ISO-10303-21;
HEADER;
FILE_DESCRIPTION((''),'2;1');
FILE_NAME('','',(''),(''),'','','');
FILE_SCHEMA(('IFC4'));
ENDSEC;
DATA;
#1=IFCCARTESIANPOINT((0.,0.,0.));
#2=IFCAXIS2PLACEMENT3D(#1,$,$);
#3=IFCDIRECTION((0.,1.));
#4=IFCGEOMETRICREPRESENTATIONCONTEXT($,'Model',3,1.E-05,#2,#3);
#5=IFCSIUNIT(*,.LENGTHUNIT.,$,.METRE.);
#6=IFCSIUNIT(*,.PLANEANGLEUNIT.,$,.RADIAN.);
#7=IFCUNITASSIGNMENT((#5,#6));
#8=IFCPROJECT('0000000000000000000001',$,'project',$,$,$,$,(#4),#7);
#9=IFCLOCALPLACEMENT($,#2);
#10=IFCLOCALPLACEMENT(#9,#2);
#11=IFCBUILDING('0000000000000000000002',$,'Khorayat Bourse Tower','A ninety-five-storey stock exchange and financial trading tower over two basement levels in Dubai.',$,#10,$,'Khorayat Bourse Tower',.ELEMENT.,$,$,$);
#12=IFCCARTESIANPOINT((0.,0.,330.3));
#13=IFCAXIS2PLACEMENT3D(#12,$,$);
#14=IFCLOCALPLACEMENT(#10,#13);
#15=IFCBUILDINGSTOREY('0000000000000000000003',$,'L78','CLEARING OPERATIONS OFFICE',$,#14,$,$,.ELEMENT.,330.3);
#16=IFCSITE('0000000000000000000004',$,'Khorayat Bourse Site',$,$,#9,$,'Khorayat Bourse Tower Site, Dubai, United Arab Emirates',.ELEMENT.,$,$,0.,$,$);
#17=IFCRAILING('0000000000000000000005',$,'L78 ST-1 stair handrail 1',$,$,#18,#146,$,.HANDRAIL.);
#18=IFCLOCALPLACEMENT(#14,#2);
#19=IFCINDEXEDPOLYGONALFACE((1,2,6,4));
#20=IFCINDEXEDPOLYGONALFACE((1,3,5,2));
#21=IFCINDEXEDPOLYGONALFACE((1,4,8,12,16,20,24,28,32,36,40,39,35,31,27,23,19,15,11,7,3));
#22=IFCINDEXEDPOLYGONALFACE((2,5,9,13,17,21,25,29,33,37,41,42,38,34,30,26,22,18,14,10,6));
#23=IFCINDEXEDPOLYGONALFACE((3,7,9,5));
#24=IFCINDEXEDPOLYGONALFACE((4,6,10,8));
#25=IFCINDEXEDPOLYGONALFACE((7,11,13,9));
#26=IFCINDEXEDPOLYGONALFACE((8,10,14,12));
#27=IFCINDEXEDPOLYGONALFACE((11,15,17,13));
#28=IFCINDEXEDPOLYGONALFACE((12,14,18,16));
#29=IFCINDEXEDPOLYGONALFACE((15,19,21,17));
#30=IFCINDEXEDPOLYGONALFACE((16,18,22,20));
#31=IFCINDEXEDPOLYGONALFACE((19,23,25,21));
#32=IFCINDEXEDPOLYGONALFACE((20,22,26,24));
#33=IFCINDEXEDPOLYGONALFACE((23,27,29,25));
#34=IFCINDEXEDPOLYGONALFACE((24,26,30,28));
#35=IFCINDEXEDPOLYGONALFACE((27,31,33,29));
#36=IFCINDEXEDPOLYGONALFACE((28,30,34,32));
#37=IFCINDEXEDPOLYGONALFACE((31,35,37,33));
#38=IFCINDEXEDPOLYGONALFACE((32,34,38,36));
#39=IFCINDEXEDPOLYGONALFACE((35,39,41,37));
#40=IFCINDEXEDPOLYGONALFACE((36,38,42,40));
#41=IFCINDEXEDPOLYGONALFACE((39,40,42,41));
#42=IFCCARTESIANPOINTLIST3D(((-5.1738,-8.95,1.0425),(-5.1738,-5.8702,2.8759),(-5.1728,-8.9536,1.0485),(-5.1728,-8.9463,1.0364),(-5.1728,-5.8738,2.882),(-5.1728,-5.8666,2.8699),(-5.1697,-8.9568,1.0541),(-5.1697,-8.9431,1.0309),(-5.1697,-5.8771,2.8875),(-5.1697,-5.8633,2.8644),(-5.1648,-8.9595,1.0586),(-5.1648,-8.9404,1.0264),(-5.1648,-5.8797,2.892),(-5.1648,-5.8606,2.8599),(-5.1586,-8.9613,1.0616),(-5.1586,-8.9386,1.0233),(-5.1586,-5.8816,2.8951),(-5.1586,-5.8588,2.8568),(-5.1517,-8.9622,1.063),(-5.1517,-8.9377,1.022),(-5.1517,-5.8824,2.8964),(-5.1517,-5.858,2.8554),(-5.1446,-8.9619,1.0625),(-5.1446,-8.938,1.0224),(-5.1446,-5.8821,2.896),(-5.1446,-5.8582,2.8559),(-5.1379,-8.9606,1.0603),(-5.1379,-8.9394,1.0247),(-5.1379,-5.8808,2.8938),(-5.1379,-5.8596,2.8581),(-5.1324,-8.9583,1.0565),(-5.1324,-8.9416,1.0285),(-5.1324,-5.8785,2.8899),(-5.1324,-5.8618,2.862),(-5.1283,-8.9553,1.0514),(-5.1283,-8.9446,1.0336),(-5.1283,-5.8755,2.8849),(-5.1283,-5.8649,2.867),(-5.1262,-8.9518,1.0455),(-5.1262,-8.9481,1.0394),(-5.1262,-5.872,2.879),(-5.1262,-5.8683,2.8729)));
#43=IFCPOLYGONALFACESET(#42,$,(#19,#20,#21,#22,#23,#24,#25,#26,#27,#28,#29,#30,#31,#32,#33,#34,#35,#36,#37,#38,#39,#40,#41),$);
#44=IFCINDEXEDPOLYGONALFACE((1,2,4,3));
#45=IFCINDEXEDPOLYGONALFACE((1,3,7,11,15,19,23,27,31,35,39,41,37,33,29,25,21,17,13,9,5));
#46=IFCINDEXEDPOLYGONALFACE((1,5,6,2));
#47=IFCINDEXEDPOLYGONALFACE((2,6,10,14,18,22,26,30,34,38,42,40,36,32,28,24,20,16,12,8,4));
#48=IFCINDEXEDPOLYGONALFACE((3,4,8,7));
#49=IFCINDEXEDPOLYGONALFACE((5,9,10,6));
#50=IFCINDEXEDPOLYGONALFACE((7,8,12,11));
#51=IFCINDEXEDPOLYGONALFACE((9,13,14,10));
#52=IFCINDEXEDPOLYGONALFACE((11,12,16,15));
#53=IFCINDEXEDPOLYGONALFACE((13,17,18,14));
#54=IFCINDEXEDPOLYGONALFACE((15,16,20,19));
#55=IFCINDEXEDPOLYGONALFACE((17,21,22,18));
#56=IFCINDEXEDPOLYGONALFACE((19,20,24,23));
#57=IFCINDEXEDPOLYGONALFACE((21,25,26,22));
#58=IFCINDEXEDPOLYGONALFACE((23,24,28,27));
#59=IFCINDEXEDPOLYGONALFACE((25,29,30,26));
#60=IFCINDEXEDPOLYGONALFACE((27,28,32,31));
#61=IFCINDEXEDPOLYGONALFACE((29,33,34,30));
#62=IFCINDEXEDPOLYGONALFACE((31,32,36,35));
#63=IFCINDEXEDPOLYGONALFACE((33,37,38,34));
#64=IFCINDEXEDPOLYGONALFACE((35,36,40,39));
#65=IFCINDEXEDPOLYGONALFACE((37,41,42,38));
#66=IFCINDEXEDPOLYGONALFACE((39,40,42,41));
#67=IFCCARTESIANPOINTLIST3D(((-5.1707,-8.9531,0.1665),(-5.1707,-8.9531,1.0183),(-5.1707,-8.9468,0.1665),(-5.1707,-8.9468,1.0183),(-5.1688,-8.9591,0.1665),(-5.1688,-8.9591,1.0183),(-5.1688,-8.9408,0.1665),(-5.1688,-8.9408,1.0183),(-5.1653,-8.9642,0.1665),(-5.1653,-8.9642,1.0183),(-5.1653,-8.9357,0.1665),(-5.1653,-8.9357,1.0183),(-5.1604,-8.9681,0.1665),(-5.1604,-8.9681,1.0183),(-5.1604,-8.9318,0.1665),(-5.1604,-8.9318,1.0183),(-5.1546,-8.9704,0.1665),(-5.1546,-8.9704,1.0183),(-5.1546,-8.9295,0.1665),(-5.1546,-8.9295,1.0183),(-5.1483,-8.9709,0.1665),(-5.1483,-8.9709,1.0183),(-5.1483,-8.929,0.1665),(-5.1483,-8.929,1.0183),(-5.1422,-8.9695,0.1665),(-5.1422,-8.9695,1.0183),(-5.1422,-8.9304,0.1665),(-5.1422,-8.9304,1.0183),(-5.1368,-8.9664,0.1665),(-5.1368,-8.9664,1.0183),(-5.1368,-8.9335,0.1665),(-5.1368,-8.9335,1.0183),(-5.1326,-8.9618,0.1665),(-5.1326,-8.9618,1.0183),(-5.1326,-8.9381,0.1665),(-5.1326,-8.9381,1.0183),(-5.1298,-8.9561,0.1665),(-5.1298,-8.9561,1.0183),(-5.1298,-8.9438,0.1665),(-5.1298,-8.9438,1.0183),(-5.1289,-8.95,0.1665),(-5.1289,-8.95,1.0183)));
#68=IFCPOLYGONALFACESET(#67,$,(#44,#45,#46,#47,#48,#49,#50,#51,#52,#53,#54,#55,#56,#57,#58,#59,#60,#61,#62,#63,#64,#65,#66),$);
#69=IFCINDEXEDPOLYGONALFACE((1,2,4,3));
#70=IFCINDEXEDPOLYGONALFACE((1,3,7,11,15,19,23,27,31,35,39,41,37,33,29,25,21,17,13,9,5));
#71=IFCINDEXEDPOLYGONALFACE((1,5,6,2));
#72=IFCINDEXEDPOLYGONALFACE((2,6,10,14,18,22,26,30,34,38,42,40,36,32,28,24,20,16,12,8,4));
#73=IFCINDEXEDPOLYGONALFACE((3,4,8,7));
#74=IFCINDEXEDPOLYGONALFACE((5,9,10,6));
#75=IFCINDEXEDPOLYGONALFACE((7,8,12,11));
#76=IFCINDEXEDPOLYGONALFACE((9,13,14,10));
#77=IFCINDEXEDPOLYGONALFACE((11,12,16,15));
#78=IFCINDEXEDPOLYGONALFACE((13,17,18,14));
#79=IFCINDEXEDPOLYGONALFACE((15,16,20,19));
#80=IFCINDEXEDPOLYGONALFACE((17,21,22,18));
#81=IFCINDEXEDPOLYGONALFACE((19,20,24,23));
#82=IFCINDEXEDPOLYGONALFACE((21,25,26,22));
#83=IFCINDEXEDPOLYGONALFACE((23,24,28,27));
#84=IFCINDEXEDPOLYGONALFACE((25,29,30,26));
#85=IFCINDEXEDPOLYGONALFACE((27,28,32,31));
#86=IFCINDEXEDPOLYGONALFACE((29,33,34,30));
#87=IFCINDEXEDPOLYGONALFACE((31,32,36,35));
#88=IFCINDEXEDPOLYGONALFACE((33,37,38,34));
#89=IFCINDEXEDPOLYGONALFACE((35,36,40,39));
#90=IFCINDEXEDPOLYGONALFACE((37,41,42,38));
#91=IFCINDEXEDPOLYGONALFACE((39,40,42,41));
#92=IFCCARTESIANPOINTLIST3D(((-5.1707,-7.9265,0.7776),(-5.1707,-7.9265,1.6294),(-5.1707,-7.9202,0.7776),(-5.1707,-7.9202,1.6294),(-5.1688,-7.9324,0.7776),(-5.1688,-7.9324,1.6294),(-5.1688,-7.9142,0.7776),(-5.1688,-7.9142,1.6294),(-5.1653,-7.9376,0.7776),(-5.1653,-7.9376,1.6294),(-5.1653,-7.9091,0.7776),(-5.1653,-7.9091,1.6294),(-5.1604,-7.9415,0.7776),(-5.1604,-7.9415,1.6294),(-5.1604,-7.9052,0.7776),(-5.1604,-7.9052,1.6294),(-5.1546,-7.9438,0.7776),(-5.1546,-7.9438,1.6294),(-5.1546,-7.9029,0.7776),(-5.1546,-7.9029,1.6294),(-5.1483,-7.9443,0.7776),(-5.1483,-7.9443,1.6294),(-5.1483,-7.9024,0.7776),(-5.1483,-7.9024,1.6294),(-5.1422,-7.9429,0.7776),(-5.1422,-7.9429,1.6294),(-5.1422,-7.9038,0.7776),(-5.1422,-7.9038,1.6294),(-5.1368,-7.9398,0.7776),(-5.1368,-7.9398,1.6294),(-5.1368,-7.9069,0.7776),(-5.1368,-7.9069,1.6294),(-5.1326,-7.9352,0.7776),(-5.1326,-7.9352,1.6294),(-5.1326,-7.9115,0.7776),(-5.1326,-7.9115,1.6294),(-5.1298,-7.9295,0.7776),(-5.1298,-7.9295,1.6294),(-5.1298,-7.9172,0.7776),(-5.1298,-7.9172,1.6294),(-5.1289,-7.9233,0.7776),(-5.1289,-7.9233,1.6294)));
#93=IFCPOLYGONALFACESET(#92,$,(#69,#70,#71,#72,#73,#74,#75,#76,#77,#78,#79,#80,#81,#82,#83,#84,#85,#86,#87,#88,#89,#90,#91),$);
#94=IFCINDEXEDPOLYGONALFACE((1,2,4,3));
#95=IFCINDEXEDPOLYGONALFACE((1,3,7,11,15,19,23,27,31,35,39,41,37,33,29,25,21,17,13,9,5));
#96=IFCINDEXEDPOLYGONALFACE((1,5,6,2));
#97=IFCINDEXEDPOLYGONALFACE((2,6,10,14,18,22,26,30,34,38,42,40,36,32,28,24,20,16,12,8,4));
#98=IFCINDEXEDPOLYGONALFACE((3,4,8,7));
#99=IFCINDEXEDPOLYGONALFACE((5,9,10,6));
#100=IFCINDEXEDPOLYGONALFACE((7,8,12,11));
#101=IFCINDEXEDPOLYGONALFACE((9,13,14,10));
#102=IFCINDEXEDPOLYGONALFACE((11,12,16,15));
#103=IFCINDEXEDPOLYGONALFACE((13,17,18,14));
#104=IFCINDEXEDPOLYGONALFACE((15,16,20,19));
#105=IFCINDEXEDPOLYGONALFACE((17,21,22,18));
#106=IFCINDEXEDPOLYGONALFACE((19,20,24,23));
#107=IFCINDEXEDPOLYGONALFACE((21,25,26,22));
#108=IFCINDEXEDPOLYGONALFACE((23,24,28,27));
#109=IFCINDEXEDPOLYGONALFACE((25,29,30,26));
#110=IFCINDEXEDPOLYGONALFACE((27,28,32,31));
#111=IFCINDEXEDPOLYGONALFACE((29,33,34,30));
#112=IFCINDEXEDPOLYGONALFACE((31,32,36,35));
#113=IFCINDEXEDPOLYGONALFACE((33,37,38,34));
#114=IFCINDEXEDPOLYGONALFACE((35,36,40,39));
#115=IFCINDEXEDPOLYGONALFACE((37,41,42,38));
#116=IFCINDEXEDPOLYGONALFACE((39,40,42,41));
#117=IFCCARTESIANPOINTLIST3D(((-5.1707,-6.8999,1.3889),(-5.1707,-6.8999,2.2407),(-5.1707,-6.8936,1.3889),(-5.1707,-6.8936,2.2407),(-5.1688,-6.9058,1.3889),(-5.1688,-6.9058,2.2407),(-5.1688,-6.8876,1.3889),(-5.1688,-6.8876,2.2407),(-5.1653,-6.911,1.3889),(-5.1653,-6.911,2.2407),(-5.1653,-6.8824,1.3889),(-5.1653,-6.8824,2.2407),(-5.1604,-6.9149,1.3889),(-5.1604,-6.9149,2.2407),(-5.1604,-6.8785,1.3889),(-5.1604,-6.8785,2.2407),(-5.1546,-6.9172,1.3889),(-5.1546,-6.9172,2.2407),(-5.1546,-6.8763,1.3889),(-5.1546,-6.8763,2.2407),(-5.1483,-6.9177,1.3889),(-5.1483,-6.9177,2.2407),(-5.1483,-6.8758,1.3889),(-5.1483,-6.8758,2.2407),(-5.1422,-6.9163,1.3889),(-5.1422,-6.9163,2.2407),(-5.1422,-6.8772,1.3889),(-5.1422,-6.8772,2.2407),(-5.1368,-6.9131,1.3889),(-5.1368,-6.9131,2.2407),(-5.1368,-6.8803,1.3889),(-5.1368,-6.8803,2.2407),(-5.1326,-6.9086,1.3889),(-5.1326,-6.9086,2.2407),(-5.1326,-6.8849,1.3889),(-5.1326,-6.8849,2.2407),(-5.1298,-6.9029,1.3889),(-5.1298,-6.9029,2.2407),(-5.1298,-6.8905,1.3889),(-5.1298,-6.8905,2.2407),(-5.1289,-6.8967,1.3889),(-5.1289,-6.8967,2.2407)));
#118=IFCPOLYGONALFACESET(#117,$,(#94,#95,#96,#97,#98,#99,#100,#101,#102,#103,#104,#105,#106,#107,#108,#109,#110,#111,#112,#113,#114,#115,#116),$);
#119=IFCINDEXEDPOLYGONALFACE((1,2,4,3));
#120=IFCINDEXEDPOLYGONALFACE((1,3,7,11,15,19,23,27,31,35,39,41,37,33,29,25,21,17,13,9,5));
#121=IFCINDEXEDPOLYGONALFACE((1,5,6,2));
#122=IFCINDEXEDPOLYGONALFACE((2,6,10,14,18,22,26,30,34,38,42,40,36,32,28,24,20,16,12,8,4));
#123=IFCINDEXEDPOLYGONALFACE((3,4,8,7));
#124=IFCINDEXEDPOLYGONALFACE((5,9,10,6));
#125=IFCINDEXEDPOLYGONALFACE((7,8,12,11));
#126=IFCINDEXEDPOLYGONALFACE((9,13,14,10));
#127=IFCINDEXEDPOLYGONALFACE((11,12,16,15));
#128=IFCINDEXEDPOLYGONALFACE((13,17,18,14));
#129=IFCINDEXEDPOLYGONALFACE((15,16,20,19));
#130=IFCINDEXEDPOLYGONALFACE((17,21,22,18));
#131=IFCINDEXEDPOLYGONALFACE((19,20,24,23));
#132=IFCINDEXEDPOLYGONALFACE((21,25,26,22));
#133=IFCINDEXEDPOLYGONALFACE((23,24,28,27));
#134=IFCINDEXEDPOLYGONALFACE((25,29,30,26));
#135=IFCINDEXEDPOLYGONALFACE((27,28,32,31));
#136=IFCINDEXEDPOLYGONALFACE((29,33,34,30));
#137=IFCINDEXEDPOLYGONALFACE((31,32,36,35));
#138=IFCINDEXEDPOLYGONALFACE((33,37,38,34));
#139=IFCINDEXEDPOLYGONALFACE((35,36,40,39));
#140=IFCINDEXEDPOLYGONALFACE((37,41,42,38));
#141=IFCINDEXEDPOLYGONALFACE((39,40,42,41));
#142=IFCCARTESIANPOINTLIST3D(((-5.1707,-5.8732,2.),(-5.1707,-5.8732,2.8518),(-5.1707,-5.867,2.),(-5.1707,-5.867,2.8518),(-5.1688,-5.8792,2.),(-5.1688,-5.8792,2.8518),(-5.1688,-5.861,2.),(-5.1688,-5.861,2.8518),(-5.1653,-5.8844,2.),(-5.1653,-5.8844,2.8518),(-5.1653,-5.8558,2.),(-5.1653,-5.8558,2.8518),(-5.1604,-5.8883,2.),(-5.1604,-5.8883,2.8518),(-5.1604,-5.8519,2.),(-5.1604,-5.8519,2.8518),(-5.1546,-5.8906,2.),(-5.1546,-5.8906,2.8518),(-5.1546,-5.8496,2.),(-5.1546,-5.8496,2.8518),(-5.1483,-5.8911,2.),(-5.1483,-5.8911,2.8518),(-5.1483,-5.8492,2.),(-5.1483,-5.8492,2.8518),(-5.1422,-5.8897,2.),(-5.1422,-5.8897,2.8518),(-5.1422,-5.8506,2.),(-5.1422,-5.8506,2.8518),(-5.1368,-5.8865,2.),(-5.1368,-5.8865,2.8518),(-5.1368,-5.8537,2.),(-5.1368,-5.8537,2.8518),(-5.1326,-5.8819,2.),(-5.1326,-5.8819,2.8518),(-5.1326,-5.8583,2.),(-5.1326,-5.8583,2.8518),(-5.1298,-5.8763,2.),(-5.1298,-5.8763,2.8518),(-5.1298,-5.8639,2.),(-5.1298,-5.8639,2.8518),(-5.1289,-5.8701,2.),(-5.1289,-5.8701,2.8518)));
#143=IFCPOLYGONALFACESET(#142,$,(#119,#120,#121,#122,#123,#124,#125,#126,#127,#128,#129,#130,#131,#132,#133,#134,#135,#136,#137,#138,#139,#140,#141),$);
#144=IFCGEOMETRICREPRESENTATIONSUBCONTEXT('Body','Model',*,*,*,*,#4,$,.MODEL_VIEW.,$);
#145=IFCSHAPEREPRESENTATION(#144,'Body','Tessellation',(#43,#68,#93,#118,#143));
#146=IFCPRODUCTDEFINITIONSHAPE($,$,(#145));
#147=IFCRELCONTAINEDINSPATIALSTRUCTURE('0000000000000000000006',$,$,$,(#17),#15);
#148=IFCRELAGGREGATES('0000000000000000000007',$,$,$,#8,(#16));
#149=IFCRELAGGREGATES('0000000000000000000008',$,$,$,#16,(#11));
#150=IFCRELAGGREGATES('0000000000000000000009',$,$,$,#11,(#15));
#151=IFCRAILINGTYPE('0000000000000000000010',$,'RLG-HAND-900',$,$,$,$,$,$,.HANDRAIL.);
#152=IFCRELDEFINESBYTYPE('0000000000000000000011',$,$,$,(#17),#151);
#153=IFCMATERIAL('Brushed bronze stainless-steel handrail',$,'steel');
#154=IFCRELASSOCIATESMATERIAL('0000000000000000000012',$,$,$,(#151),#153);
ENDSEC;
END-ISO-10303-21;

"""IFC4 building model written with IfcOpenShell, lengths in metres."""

from ifc_helpers import new_model, si_unit, direction, frame, origin, origin_2d, place, context, subcontext, project, spatial, circle, extrude, source, transform, mapped, material, type_object, element, save


model = new_model("IFC4")

# Units and contexts
model_context = context("Model", 3, precision=1e-05, world=origin(), true_north=direction((0.0, 1.0)))
body_context = subcontext(model_context, "Body", "Model", "MODEL_VIEW")
ifc_project = project(units=[si_unit("LENGTHUNIT", "METRE"), si_unit("PLANEANGLEUNIT", "RADIAN")], contexts=[model_context])

# Site, building, storey
site_placement = place(None, origin())
site = spatial("IfcSite", under=ifc_project, at=site_placement, Name="Khorayat Bourse Site", LongName="Khorayat Bourse Tower Site, Dubai, United Arab Emirates", CompositionType="ELEMENT", RefElevation=0.0)
building_placement = place(site_placement, origin())
building = spatial("IfcBuilding", under=site, at=building_placement, Name="Khorayat Bourse Tower", Description="A ninety-five-storey stock exchange and financial trading tower over two basement levels in Dubai.", LongName="Khorayat Bourse Tower", CompositionType="ELEMENT")
storey_placement = place(building_placement, frame((0.0, 0.0, 330.3)))
storey = spatial("IfcBuildingStorey", under=building, at=storey_placement, Name="L78", Description="CLEARING OPERATIONS OFFICE", CompositionType="ELEMENT", Elevation=330.3)

# Railing
ifc_material_1 = material(Name="Brushed bronze stainless-steel handrail", Category="steel")
railing_type_1 = type_object("IfcRailingType", Name="RLG-HAND-900", PredefinedType="HANDRAIL", material=ifc_material_1)
shared_shape_1 = source(origin(), body_context, "Body", "SweptSolid", [
    extrude(circle(Radius=0.0239, at=origin_2d()), frame((0.0, 0.0, 0.876), z_axis=(0.0, 0.859261, 0.511538), x_axis=(-1.0, 0.0, 0.0)), (0.0, 0.0, 1.0), 3.5842),
    extrude(circle(Radius=0.021, at=origin_2d()), origin(), (0.0, 0.0, 1.0), 0.8518),
    extrude(circle(Radius=0.021, at=origin_2d()), frame((0.0, 1.0266, 0.6111)), (0.0, 0.0, 1.0), 0.8518),
    extrude(circle(Radius=0.021, at=origin_2d()), frame((0.0, 2.0532, 1.2224)), (0.0, 0.0, 1.0), 0.8518),
    extrude(circle(Radius=0.021, at=origin_2d()), frame((0.0, 3.0798, 1.8335)), (0.0, 0.0, 1.0), 0.8518),
])
railing_1_placement = place(storey_placement, frame((-5.1499, -8.95, 0.1665)))
element("IfcRailing", 1, at=railing_1_placement, inside=storey, type_object=railing_type_1, Name="L78 ST-1 stair handrail 1", PredefinedType="HANDRAIL", context=body_context, shape_type="MappedRepresentation", body=[
    mapped(shared_shape_1, transform((0.0, 0.0, 0.0), scale=1.0)),
])

save(model, "model.ifc")
